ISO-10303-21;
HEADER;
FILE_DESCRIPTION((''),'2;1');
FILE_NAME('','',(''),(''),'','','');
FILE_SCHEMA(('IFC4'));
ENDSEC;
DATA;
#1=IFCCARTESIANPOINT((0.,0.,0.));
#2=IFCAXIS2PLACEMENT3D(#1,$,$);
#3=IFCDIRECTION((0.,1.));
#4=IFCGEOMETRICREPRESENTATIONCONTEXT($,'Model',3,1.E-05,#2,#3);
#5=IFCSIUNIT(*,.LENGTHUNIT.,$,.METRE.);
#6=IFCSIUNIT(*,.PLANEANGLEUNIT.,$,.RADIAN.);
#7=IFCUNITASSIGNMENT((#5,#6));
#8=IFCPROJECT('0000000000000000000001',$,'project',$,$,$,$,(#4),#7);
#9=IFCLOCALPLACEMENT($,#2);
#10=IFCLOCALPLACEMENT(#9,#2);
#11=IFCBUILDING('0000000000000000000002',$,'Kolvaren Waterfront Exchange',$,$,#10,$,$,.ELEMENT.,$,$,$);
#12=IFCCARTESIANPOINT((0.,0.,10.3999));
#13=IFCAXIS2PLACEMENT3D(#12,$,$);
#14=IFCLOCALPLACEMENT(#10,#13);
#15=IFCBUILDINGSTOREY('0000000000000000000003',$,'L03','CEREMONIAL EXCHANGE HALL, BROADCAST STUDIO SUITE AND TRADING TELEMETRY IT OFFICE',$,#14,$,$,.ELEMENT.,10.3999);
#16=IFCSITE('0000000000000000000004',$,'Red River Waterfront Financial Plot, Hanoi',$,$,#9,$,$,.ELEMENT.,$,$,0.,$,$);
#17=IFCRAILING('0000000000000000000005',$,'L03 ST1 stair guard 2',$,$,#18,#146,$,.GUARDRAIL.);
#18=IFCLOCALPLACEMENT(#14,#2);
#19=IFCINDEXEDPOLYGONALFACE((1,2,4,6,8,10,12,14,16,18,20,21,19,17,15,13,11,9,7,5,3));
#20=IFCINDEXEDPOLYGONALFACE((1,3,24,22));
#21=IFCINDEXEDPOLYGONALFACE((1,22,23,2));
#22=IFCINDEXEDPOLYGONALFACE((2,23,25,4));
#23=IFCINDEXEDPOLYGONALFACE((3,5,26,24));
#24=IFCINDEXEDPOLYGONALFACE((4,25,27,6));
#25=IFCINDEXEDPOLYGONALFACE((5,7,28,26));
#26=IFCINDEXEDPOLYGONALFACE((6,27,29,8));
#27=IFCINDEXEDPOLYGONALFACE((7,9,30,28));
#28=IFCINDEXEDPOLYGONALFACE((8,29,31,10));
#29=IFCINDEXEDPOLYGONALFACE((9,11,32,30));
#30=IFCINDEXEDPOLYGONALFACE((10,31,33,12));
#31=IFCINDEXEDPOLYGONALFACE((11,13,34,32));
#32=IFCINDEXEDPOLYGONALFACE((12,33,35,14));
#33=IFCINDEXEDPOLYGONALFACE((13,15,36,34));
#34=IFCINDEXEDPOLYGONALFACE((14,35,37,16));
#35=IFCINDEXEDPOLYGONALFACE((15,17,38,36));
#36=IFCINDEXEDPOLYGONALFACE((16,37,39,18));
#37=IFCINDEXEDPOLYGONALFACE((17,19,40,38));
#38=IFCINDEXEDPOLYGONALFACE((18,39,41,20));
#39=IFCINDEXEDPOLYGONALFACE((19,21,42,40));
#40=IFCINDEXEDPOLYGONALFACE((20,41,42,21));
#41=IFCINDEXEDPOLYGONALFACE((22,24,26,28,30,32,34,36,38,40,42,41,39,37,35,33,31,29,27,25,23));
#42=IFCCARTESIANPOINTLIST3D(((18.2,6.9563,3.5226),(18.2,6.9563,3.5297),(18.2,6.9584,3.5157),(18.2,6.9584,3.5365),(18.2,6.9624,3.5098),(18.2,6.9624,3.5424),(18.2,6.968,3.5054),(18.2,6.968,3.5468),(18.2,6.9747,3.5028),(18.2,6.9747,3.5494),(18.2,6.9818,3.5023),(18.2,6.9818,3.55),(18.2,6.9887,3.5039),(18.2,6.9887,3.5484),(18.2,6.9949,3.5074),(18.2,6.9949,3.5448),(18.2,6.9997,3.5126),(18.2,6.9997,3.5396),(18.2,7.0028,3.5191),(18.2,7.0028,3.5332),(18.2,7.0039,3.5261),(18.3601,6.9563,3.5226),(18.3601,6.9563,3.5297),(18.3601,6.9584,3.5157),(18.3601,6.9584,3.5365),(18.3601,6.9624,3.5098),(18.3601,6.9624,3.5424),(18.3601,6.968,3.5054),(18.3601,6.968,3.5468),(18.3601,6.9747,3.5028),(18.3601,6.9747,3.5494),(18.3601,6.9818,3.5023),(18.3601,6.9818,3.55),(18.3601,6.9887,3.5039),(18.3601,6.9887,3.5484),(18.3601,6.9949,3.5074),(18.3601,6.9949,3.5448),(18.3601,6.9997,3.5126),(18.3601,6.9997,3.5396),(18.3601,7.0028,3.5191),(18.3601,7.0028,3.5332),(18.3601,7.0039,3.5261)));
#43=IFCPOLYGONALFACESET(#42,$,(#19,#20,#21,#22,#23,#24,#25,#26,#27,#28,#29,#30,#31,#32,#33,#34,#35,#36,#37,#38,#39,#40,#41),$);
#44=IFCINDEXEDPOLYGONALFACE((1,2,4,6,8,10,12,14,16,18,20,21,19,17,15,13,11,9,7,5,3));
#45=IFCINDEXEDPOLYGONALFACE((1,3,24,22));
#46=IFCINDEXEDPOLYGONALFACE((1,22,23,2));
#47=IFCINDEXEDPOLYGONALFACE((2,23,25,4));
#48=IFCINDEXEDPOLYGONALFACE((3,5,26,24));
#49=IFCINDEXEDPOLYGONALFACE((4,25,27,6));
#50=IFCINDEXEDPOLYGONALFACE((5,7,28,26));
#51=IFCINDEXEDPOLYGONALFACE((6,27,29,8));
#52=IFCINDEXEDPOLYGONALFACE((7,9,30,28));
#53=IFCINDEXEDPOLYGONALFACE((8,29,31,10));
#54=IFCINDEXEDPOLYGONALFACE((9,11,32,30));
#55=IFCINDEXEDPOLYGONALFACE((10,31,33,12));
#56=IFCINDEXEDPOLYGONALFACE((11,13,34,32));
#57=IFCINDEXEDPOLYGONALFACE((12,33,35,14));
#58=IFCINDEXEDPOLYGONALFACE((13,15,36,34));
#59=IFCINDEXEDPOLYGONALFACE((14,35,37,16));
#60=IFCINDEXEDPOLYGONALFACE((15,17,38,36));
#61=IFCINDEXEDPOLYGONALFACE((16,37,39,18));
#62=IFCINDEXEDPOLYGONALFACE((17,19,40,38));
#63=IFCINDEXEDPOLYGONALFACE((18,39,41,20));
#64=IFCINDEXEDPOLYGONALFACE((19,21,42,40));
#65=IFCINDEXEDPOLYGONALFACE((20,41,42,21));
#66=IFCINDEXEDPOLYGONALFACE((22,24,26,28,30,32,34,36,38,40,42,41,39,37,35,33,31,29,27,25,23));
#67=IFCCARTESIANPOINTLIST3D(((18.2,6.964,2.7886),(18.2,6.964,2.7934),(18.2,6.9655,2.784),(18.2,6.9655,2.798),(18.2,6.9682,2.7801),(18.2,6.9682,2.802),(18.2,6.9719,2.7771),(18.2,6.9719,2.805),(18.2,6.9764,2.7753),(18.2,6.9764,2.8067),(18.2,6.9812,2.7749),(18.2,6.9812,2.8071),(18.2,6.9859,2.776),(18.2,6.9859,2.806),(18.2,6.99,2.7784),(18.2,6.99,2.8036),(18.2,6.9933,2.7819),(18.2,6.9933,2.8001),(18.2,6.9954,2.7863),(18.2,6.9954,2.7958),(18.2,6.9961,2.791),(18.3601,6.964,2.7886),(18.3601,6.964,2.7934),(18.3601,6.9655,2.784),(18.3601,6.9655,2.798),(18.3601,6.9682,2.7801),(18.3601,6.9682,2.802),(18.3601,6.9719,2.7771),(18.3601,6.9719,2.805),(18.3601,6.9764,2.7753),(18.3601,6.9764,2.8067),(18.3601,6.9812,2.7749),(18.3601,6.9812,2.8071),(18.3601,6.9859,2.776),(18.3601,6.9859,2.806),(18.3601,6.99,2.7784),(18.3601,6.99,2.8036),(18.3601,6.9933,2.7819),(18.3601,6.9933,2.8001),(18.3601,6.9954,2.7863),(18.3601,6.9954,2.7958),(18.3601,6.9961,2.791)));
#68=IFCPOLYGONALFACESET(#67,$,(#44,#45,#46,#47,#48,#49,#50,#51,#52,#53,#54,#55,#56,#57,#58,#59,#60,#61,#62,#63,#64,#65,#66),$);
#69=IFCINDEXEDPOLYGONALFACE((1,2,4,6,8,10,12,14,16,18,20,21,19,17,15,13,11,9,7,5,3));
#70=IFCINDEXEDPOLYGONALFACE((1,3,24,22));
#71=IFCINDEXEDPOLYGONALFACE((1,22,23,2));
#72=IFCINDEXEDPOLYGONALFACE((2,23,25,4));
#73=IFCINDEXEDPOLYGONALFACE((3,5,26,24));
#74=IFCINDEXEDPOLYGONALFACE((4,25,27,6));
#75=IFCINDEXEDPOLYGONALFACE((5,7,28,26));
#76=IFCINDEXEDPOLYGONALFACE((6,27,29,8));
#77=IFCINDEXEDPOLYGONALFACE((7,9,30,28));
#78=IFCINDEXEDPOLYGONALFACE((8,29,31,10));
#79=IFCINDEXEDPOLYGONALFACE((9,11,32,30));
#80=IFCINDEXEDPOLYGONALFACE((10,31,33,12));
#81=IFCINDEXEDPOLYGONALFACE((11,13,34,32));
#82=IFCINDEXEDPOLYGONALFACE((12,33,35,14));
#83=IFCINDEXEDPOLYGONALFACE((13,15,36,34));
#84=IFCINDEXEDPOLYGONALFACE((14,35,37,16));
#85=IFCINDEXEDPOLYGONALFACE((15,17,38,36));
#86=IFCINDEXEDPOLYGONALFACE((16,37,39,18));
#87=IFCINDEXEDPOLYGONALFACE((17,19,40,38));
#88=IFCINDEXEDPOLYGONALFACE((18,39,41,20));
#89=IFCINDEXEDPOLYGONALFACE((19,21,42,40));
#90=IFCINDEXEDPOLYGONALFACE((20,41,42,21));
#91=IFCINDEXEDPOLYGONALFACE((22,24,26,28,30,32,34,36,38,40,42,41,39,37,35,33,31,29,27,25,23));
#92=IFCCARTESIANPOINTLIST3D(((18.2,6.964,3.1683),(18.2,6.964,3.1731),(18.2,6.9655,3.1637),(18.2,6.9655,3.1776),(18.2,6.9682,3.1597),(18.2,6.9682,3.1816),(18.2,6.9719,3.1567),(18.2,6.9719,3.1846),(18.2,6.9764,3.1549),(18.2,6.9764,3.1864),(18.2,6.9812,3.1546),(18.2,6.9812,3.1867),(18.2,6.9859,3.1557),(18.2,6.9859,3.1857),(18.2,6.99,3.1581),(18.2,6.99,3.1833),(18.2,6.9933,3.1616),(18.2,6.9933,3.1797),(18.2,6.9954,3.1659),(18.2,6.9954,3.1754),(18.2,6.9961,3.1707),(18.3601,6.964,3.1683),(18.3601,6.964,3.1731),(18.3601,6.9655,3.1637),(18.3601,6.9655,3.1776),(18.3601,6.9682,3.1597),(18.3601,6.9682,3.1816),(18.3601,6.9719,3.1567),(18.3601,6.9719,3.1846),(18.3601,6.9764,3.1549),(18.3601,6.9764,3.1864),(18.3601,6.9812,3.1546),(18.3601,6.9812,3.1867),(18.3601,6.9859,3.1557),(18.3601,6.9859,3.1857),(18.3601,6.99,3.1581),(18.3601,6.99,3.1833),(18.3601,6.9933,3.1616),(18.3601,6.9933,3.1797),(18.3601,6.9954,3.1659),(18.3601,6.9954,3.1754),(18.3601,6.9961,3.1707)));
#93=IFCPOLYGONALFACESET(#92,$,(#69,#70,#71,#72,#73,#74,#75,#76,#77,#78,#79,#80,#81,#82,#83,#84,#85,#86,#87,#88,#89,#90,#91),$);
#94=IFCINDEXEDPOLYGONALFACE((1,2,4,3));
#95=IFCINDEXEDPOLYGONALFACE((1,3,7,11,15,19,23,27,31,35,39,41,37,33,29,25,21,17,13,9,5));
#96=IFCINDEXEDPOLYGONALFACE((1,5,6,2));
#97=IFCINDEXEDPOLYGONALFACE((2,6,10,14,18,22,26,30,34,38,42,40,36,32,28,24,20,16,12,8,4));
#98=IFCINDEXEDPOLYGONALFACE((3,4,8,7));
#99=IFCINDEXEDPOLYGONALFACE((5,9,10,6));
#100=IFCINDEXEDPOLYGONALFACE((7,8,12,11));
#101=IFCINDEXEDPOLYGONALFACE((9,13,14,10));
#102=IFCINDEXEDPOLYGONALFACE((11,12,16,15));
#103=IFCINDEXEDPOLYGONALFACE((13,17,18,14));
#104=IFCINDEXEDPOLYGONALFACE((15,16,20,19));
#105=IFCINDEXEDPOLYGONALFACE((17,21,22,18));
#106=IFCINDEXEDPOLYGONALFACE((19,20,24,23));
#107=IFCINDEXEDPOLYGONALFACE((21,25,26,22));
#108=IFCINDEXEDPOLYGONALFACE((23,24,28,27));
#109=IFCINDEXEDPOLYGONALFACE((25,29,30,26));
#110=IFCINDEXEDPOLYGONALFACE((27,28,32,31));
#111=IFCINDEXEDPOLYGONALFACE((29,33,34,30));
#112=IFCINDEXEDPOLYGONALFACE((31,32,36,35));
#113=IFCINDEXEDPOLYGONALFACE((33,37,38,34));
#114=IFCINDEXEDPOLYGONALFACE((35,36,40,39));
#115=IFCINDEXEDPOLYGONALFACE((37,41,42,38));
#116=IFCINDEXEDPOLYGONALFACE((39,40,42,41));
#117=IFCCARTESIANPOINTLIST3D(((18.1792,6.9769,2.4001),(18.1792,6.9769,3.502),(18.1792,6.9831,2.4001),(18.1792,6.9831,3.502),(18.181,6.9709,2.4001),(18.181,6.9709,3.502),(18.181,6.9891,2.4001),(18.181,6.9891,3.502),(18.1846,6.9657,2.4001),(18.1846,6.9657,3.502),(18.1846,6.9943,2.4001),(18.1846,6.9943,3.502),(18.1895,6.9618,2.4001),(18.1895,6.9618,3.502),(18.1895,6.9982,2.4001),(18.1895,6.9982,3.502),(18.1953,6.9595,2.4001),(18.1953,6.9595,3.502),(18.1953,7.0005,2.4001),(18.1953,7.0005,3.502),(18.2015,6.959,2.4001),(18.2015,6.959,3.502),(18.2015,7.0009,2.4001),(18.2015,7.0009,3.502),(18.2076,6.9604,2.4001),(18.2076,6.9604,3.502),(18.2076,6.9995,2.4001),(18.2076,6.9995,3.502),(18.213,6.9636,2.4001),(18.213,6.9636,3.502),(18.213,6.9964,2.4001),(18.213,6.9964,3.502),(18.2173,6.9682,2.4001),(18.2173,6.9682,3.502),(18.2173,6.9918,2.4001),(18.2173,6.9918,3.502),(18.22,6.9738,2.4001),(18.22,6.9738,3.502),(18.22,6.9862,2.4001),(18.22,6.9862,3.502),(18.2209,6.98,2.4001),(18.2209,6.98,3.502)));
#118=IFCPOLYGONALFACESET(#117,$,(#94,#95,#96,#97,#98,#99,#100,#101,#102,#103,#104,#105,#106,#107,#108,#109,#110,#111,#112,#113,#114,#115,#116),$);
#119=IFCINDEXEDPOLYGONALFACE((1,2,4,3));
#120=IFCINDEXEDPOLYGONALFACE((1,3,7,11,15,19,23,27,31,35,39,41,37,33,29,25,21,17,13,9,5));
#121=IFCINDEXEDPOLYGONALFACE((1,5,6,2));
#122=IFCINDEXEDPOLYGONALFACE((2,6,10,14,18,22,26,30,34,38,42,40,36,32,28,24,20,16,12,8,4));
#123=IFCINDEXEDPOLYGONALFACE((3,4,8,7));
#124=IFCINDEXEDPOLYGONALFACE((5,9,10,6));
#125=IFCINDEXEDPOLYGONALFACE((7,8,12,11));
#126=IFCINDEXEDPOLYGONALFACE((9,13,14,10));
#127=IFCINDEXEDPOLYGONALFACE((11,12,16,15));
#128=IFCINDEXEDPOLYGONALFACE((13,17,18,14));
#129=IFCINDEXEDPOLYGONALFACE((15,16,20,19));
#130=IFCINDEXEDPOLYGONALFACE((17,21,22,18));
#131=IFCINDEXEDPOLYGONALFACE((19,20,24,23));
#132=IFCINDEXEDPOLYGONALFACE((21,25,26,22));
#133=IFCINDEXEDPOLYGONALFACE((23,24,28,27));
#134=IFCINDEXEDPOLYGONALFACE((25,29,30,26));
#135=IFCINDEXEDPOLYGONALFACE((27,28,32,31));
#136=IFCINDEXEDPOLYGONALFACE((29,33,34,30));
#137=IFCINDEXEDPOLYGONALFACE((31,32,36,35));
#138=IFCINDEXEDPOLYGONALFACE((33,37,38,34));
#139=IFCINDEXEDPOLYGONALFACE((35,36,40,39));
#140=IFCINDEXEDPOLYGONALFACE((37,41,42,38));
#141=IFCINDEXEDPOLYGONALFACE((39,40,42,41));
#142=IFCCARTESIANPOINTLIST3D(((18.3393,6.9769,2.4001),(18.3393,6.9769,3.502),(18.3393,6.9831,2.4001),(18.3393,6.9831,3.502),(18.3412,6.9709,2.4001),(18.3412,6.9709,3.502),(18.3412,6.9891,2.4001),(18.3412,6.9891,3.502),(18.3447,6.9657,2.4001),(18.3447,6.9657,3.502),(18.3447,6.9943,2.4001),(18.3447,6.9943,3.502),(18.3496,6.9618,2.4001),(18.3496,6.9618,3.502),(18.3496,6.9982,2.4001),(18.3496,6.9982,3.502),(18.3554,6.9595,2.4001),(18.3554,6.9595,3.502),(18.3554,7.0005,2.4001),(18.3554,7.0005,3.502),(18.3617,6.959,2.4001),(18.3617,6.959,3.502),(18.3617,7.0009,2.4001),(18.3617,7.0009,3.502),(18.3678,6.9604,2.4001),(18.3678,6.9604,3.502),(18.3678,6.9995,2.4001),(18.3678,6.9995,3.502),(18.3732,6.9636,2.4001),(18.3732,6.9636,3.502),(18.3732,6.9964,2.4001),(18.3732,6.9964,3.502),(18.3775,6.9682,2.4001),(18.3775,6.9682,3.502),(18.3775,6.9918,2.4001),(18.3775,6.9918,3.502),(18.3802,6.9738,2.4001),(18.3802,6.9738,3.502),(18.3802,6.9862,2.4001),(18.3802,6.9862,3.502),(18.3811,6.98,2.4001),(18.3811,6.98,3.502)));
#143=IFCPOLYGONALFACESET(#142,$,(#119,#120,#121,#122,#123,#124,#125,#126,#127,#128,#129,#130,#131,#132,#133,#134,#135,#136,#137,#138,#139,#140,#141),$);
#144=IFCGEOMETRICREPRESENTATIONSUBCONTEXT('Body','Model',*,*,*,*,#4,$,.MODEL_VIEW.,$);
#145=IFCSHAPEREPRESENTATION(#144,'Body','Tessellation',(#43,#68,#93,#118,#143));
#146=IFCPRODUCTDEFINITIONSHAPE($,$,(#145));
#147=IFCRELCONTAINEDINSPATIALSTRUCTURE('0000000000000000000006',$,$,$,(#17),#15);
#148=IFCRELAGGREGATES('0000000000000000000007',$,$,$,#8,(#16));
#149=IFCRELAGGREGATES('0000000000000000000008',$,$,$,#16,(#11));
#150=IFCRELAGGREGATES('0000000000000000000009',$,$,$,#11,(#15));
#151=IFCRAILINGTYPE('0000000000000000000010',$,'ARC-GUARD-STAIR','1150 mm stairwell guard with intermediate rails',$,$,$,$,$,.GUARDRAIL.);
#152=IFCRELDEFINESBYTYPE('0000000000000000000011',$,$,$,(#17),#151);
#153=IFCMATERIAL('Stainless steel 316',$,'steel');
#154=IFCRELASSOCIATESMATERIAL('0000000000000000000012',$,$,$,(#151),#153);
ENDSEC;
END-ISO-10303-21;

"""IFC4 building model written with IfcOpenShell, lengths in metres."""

from ifc_helpers import new_model, si_unit, direction, frame, origin, origin_2d, place, context, subcontext, project, spatial, circle, extrude, material, type_object, element, save


model = new_model("IFC4")

# Units and contexts
model_context = context("Model", 3, precision=1e-05, world=origin(), true_north=direction((0.0, 1.0)))
body_context = subcontext(model_context, "Body", "Model", "MODEL_VIEW")
ifc_project = project(units=[si_unit("LENGTHUNIT", "METRE"), si_unit("PLANEANGLEUNIT", "RADIAN")], contexts=[model_context])

# Site, building, storey
site_placement = place(None, origin())
site = spatial("IfcSite", under=ifc_project, at=site_placement, Name="Red River Waterfront Financial Plot, Hanoi", CompositionType="ELEMENT", RefElevation=0.0)
building_placement = place(site_placement, origin())
building = spatial("IfcBuilding", under=site, at=building_placement, Name="Kolvaren Waterfront Exchange", CompositionType="ELEMENT")
storey_placement = place(building_placement, frame((0.0, 0.0, 10.3999)))
storey = spatial("IfcBuildingStorey", under=building, at=storey_placement, Name="L03", Description="CEREMONIAL EXCHANGE HALL, BROADCAST STUDIO SUITE AND TRADING TELEMETRY IT OFFICE", CompositionType="ELEMENT", Elevation=10.3999)

# Railing
ifc_material_1 = material(Name="Stainless steel 316", Category="steel")
railing_type_1 = type_object("IfcRailingType", Name="ARC-GUARD-STAIR", Description="1150 mm stairwell guard with intermediate rails", PredefinedType="GUARDRAIL", material=ifc_material_1)
railing_1_placement = place(storey_placement, frame((18.2, 6.98, 2.4001)))
element("IfcRailing", 1, at=railing_1_placement, inside=storey, type_object=railing_type_1, Name="L03 ST1 stair guard 2", PredefinedType="GUARDRAIL", context=body_context, shape_type="SweptSolid", body=[
    extrude(circle(Radius=0.0239, at=origin_2d()), frame((0.0, 0.0, 1.126), z_axis=(1.0, 0.0, 0.0), x_axis=(0.0, 1.0, 0.0)), (0.0, 0.0, 1.0), 0.1602),
    extrude(circle(Radius=0.0161, at=origin_2d()), frame((0.0, 0.0, 0.3909), z_axis=(1.0, 0.0, 0.0), x_axis=(0.0, 1.0, 0.0)), (0.0, 0.0, 1.0), 0.1602),
    extrude(circle(Radius=0.0161, at=origin_2d()), frame((0.0, 0.0, 0.7705), z_axis=(1.0, 0.0, 0.0), x_axis=(0.0, 1.0, 0.0)), (0.0, 0.0, 1.0), 0.1602),
    extrude(circle(Radius=0.021, at=origin_2d()), origin(), (0.0, 0.0, 1.0), 1.1018),
    extrude(circle(Radius=0.021, at=origin_2d()), frame((0.1602, 0.0, 0.0)), (0.0, 0.0, 1.0), 1.1018),
])

save(model, "model.ifc")
